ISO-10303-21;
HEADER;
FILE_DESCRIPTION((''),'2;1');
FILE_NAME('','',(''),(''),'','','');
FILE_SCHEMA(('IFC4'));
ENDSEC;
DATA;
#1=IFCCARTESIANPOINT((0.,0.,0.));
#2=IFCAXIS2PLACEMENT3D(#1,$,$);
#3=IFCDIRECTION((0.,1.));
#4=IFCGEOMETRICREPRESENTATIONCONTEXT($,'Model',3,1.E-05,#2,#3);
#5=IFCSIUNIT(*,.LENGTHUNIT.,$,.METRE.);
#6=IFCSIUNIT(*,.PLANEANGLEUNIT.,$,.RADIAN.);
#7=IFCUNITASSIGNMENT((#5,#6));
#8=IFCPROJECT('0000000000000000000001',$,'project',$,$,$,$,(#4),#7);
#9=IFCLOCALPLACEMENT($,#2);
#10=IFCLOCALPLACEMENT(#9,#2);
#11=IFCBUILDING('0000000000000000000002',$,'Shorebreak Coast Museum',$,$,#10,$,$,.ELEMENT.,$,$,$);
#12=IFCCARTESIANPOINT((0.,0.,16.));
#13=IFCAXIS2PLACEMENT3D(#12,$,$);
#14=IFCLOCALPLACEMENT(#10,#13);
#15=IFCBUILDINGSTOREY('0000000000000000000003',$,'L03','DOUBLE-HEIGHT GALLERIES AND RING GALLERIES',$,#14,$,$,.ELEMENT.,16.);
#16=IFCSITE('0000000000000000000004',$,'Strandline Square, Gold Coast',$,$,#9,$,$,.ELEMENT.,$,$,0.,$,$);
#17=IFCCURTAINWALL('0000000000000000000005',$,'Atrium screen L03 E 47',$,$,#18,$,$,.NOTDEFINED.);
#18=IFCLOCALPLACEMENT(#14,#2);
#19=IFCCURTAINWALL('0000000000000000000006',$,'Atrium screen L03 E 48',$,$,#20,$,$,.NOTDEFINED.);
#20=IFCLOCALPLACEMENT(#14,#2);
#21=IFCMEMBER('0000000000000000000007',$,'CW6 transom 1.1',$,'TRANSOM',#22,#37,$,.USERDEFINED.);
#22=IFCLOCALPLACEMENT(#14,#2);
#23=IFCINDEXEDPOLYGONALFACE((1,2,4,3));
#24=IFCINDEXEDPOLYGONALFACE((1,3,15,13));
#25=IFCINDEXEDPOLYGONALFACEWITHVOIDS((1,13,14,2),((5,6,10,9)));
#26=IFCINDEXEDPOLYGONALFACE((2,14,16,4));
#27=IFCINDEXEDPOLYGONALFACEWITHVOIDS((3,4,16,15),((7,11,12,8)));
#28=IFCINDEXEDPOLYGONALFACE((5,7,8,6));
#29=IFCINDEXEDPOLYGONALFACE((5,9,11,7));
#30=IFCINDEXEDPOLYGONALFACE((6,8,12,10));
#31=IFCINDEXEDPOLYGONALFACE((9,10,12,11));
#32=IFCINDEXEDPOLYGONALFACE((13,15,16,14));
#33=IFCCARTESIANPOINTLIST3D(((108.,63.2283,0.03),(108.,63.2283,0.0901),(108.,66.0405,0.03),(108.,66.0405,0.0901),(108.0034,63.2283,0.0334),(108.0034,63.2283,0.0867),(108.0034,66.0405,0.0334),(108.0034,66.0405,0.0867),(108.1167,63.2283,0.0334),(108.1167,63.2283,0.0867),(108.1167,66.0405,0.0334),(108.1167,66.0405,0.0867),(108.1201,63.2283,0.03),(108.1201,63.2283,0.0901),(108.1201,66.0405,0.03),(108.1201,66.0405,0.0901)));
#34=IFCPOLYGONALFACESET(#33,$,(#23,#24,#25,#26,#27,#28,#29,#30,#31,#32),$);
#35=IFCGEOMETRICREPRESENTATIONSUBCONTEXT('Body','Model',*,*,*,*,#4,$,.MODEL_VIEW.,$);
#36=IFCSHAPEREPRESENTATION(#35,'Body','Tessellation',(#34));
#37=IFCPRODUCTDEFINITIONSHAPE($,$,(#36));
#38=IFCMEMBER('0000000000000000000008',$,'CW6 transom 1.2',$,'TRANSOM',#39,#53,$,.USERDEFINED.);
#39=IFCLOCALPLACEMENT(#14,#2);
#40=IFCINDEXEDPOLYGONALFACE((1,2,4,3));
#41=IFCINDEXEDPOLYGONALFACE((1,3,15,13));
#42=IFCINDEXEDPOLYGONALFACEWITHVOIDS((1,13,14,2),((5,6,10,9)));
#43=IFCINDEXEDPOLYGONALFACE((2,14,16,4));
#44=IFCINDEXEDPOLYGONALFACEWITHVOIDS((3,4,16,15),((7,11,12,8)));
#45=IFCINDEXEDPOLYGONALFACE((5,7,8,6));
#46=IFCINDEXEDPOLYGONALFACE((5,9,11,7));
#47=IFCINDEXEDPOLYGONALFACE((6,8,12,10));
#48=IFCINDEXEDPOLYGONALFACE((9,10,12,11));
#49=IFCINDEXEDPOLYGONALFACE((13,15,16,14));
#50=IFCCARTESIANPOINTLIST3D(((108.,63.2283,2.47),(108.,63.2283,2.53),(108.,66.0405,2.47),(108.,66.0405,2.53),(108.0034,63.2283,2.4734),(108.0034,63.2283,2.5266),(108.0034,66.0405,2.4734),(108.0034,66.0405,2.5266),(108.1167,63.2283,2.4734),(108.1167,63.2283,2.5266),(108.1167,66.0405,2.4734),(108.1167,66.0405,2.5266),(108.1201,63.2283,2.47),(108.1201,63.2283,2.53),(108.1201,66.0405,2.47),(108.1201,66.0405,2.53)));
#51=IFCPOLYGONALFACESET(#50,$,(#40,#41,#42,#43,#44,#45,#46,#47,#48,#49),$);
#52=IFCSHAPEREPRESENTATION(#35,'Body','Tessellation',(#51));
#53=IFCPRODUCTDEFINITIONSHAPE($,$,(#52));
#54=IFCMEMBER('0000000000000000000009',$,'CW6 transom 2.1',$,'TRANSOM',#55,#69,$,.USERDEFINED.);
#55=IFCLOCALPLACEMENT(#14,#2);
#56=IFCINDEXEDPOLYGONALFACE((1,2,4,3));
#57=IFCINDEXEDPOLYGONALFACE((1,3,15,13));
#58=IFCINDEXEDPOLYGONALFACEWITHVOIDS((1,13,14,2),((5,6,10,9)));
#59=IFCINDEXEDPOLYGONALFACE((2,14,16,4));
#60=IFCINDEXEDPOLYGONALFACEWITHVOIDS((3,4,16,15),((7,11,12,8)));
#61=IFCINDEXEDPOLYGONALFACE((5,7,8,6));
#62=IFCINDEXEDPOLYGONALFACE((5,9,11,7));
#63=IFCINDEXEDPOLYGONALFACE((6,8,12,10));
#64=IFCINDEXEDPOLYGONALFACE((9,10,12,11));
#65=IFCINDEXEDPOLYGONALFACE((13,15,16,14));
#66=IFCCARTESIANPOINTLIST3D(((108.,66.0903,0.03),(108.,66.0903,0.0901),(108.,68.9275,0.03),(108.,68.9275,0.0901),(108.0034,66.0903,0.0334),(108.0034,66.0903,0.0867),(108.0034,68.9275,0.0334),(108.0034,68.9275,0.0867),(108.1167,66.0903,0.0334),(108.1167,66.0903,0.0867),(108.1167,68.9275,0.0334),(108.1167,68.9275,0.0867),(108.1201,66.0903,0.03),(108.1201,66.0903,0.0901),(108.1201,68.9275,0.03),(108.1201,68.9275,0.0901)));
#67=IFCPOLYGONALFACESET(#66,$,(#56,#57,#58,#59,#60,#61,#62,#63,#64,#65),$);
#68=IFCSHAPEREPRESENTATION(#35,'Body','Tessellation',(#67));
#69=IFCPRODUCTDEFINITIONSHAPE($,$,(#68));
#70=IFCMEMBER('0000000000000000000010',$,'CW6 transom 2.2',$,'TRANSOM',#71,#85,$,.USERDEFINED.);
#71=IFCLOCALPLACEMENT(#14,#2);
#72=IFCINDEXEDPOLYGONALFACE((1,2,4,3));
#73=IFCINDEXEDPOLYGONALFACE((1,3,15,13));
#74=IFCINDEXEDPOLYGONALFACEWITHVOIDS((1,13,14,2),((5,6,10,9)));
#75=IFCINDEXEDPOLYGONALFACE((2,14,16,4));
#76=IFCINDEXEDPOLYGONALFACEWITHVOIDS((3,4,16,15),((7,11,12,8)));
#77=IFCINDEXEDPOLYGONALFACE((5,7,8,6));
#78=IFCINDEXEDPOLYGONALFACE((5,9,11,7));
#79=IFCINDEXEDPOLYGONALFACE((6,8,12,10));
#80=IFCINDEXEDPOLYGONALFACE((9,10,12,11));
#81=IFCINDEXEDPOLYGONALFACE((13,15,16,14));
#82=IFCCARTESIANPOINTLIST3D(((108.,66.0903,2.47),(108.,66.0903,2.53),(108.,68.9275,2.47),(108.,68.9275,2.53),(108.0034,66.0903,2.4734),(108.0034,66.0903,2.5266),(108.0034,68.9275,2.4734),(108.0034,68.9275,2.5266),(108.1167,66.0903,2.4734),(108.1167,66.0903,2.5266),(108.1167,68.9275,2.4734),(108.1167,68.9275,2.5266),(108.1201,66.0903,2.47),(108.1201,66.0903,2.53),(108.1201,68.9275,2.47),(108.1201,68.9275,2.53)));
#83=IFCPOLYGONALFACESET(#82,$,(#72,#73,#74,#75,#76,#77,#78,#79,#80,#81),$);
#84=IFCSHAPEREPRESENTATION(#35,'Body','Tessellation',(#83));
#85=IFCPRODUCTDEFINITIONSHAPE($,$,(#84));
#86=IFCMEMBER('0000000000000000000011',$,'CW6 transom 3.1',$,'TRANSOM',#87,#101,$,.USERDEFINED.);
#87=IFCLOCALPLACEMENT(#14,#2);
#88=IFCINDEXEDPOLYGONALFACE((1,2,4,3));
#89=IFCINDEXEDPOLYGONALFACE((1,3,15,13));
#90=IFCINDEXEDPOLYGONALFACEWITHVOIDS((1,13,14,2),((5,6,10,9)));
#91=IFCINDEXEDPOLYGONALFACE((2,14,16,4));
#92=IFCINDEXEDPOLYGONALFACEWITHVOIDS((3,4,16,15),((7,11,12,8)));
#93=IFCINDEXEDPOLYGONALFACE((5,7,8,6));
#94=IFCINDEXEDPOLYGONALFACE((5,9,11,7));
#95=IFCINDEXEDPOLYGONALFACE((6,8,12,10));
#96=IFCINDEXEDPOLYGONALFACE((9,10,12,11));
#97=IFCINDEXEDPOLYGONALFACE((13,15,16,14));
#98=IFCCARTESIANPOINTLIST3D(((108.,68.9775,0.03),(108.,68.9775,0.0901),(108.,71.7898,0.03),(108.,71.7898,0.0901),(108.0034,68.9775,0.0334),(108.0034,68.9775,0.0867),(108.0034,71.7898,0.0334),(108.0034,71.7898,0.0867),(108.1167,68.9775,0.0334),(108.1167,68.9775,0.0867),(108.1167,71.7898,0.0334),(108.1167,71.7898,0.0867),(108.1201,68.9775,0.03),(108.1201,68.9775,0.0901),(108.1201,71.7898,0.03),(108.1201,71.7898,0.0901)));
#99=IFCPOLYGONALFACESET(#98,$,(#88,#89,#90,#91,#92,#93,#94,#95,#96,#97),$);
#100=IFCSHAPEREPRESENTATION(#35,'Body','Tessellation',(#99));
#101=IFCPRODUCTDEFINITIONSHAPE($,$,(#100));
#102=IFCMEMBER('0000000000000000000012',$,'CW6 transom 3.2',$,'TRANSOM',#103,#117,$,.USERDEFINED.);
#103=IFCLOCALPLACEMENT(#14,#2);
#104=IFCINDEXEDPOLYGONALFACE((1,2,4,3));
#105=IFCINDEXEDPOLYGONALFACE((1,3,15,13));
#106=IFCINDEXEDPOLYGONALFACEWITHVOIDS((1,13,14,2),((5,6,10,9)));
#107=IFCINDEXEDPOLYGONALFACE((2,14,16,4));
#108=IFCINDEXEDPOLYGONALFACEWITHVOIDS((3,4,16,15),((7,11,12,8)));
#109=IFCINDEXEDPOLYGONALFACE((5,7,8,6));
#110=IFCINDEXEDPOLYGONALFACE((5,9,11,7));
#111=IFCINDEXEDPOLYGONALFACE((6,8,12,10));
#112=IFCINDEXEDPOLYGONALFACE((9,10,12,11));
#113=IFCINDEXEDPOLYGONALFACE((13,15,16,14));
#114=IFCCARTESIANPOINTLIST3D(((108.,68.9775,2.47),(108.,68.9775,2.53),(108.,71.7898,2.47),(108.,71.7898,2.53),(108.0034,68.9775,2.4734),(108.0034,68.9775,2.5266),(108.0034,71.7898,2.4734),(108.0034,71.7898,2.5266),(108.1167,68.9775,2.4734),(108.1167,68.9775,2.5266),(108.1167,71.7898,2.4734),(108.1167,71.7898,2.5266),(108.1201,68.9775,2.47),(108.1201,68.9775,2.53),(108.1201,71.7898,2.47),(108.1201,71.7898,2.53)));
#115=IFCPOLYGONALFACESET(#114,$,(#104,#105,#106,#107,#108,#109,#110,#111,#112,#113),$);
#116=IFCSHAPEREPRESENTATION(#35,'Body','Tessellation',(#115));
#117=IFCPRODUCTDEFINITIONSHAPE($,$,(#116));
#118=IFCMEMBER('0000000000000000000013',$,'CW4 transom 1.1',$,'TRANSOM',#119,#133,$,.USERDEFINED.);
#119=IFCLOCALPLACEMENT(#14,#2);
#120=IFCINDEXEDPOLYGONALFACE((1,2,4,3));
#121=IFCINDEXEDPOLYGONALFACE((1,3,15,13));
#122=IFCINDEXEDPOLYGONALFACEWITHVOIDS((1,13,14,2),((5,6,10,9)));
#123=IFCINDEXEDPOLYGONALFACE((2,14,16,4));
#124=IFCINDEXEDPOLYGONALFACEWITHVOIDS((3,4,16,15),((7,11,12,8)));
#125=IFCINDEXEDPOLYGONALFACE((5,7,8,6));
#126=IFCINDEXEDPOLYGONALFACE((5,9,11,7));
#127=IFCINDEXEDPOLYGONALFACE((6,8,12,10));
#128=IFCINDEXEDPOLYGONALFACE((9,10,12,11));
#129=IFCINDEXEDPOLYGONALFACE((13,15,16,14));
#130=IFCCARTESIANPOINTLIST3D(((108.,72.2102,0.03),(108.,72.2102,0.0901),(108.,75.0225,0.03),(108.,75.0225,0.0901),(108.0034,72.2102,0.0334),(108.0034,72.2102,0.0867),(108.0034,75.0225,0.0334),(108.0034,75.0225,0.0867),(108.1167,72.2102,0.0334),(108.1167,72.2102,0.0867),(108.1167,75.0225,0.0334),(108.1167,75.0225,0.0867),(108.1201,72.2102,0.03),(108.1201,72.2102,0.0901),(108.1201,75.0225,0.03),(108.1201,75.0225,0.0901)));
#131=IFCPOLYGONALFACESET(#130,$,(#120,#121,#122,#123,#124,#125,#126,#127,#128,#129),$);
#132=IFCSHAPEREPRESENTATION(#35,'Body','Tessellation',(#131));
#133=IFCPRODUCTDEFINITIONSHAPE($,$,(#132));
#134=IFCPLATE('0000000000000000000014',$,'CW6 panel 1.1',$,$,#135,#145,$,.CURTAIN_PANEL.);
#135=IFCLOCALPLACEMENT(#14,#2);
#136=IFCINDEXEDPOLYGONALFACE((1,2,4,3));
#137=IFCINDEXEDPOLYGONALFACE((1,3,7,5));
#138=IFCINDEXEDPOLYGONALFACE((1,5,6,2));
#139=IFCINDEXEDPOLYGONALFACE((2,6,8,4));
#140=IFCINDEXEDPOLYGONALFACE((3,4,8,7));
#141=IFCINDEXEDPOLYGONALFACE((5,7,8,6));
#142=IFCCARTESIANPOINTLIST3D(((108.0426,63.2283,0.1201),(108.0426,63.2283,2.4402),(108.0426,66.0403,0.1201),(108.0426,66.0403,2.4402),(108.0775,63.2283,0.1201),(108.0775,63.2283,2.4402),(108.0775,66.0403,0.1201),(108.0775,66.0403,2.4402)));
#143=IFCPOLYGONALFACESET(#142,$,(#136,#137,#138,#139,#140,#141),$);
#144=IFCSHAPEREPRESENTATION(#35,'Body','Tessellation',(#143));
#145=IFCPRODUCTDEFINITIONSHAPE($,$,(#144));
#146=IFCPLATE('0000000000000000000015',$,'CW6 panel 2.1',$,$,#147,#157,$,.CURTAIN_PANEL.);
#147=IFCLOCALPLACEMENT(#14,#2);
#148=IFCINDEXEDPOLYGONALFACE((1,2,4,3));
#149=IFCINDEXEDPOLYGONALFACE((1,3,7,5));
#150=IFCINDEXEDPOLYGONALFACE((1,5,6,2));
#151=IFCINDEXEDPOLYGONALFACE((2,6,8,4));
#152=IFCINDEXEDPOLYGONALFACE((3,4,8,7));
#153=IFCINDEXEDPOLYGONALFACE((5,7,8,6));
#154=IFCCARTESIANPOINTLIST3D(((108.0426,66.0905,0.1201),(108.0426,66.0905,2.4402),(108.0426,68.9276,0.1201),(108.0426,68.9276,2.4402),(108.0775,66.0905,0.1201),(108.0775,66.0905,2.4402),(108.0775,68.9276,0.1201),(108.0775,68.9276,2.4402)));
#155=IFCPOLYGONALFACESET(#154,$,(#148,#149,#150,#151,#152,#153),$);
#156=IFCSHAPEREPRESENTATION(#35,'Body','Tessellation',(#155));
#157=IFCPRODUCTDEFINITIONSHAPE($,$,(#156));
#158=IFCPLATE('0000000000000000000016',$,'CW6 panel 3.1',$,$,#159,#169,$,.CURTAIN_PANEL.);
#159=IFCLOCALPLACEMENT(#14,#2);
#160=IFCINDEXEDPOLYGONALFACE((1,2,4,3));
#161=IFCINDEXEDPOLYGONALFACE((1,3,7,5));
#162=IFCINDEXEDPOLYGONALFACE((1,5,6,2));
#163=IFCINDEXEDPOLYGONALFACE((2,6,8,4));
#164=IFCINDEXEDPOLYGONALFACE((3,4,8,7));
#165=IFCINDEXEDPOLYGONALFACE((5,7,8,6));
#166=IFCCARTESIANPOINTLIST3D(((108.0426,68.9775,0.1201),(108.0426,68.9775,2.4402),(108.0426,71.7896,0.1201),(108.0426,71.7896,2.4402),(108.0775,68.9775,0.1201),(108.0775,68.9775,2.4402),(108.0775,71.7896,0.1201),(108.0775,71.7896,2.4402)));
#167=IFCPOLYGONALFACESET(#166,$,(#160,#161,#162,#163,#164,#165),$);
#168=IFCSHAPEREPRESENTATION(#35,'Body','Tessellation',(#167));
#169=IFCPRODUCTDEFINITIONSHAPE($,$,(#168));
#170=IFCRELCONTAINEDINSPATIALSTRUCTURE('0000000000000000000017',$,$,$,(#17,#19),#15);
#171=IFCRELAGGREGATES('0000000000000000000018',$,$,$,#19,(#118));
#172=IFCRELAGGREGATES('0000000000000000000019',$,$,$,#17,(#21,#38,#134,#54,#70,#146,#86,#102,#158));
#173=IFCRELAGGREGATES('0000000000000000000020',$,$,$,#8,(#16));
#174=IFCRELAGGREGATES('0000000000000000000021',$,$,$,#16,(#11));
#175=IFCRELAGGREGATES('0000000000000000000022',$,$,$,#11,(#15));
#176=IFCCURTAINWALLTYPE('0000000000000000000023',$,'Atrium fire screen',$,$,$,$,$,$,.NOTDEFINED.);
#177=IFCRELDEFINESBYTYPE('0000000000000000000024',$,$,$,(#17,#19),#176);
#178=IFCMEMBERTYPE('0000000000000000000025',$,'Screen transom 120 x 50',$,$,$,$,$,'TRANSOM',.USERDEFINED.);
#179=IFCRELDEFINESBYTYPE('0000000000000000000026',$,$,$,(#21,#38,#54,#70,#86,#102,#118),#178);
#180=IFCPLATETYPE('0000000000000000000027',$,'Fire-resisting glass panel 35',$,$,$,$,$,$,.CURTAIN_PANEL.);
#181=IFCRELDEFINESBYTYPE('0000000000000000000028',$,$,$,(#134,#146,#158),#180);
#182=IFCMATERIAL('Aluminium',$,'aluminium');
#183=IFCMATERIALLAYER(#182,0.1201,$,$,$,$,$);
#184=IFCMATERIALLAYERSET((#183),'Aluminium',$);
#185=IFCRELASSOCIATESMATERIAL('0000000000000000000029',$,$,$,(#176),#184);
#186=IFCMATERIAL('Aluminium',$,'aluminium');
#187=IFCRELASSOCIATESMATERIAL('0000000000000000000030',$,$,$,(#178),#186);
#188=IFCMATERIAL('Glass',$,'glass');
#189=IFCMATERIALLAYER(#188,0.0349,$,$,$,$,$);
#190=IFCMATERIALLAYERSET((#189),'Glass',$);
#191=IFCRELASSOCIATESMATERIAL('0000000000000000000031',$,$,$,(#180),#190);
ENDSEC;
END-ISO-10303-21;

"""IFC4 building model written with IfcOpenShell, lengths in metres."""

from ifc_helpers import new_model, si_unit, direction, frame, origin, origin_2d, place, context, subcontext, project, spatial, rectangle, hollow_rectangle, extrude, material, layer, layer_set, material_profile, profile_set, type_object, element, aggregate, save


model = new_model("IFC4")

# Units and contexts
model_context = context("Model", 3, precision=1e-05, world=origin(), true_north=direction((0.0, 1.0)))
body_context = subcontext(model_context, "Body", "Model", "MODEL_VIEW")
ifc_project = project(units=[si_unit("LENGTHUNIT", "METRE"), si_unit("PLANEANGLEUNIT", "RADIAN")], contexts=[model_context])

# Site, building, storey
site_placement = place(None, origin())
site = spatial("IfcSite", under=ifc_project, at=site_placement, Name="Strandline Square, Gold Coast", CompositionType="ELEMENT", RefElevation=0.0)
building_placement = place(site_placement, origin())
building = spatial("IfcBuilding", under=site, at=building_placement, Name="Shorebreak Coast Museum", CompositionType="ELEMENT")
storey_placement = place(building_placement, frame((0.0, 0.0, 16.0)))
storey = spatial("IfcBuildingStorey", under=building, at=storey_placement, Name="L03", Description="DOUBLE-HEIGHT GALLERIES AND RING GALLERIES", CompositionType="ELEMENT", Elevation=16.0)

# Curtain wall
ifc_material_1 = material(Name="Aluminium", Category="aluminium")
ifc_layer_1 = layer(ifc_material_1, 0.1201)
ifc_layer_set_1 = layer_set([ifc_layer_1], Name="Aluminium")
curtain_wall_type = type_object("IfcCurtainWallType", Name="Atrium fire screen", PredefinedType="NOTDEFINED", material=ifc_layer_set_1)
curtain_wall_1_placement = place(storey_placement, origin())
curtain_wall_1 = element("IfcCurtainWall", 1, at=curtain_wall_1_placement, inside=storey, type_object=curtain_wall_type, Name="Atrium screen L03 E 47", PredefinedType="NOTDEFINED")

# Curtain wall
curtain_wall_2_placement = place(storey_placement, origin())
curtain_wall_2 = element("IfcCurtainWall", 2, at=curtain_wall_2_placement, inside=storey, type_object=curtain_wall_type, Name="Atrium screen L03 E 48", PredefinedType="NOTDEFINED")

# Members
ifc_material_2 = material(Name="Aluminium", Category="aluminium")
ifc_material_profile_1 = material_profile(ifc_material_2, hollow_rectangle(XDim=0.1201, YDim=0.0601, WallThickness=0.0034, at=origin_2d()), Name="AL 60x120 RHS")
ifc_profile_set_1 = profile_set([ifc_material_profile_1], Name="Aluminium")
member_type_1 = type_object("IfcMemberType", Name="Screen transom 120 x 50", ElementType="TRANSOM", PredefinedType="USERDEFINED", material=ifc_profile_set_1)
member_1_placement = place(storey_placement, frame((108.0601, 63.2283, 0.0601), z_axis=(0.0, 1.0, 0.0), x_axis=(-1.0, 0.0, 0.0)))
member_1 = element("IfcMember", 3, at=member_1_placement, type_object=member_type_1, Name="CW6 transom 1.1", ObjectType="TRANSOM", PredefinedType="USERDEFINED", context=body_context, shape_type="SweptSolid", body=[
    extrude(hollow_rectangle(XDim=0.1201, YDim=0.0601, WallThickness=0.0034, at=origin_2d()), origin(), (0.0, 0.0, 1.0), 2.8123),
])
member_2_placement = place(storey_placement, frame((108.0601, 63.2283, 2.5), z_axis=(0.0, 1.0, 0.0), x_axis=(-1.0, 0.0, 0.0)))
member_2 = element("IfcMember", 4, at=member_2_placement, type_object=member_type_1, Name="CW6 transom 1.2", ObjectType="TRANSOM", PredefinedType="USERDEFINED", context=body_context, shape_type="SweptSolid", body=[
    extrude(hollow_rectangle(XDim=0.1201, YDim=0.0601, WallThickness=0.0034, at=origin_2d()), origin(), (0.0, 0.0, 1.0), 2.8123),
])
member_3_placement = place(storey_placement, frame((108.0601, 66.0903, 0.0601), z_axis=(0.0, 1.0, 0.0), x_axis=(-1.0, 0.0, 0.0)))
member_3 = element("IfcMember", 5, at=member_3_placement, type_object=member_type_1, Name="CW6 transom 2.1", ObjectType="TRANSOM", PredefinedType="USERDEFINED", context=body_context, shape_type="SweptSolid", body=[
    extrude(hollow_rectangle(XDim=0.1201, YDim=0.0601, WallThickness=0.0034, at=origin_2d()), origin(), (0.0, 0.0, 1.0), 2.8372),
])
member_4_placement = place(storey_placement, frame((108.0601, 66.0903, 2.5), z_axis=(0.0, 1.0, 0.0), x_axis=(-1.0, 0.0, 0.0)))
member_4 = element("IfcMember", 6, at=member_4_placement, type_object=member_type_1, Name="CW6 transom 2.2", ObjectType="TRANSOM", PredefinedType="USERDEFINED", context=body_context, shape_type="SweptSolid", body=[
    extrude(hollow_rectangle(XDim=0.1201, YDim=0.0601, WallThickness=0.0034, at=origin_2d()), origin(), (0.0, 0.0, 1.0), 2.8372),
])
member_5_placement = place(storey_placement, frame((108.0601, 68.9775, 0.0601), z_axis=(0.0, 1.0, 0.0), x_axis=(-1.0, 0.0, 0.0)))
member_5 = element("IfcMember", 7, at=member_5_placement, type_object=member_type_1, Name="CW6 transom 3.1", ObjectType="TRANSOM", PredefinedType="USERDEFINED", context=body_context, shape_type="SweptSolid", body=[
    extrude(hollow_rectangle(XDim=0.1201, YDim=0.0601, WallThickness=0.0034, at=origin_2d()), origin(), (0.0, 0.0, 1.0), 2.8123),
])
member_6_placement = place(storey_placement, frame((108.0601, 68.9775, 2.5), z_axis=(0.0, 1.0, 0.0), x_axis=(-1.0, 0.0, 0.0)))
member_6 = element("IfcMember", 8, at=member_6_placement, type_object=member_type_1, Name="CW6 transom 3.2", ObjectType="TRANSOM", PredefinedType="USERDEFINED", context=body_context, shape_type="SweptSolid", body=[
    extrude(hollow_rectangle(XDim=0.1201, YDim=0.0601, WallThickness=0.0034, at=origin_2d()), origin(), (0.0, 0.0, 1.0), 2.8123),
])
member_7_placement = place(storey_placement, frame((108.0601, 72.2102, 0.0601), z_axis=(0.0, 1.0, 0.0), x_axis=(-1.0, 0.0, 0.0)))
member_7 = element("IfcMember", 9, at=member_7_placement, type_object=member_type_1, Name="CW4 transom 1.1", ObjectType="TRANSOM", PredefinedType="USERDEFINED", context=body_context, shape_type="SweptSolid", body=[
    extrude(hollow_rectangle(XDim=0.1201, YDim=0.0601, WallThickness=0.0034, at=origin_2d()), origin(), (0.0, 0.0, 1.0), 2.8123),
])
aggregate(curtain_wall_2, [member_7])

# Plates
ifc_material_3 = material(Name="Glass", Category="glass")
ifc_layer_2 = layer(ifc_material_3, 0.0349)
ifc_layer_set_2 = layer_set([ifc_layer_2], Name="Glass")
plate_type = type_object("IfcPlateType", Name="Fire-resisting glass panel 35", PredefinedType="CURTAIN_PANEL", material=ifc_layer_set_2)
plate_1_placement = place(storey_placement, frame((108.0601, 64.6343, 0.1201), z_axis=(0.0, 0.0, 1.0), x_axis=(0.0, 1.0, 0.0)))
plate_1 = element("IfcPlate", 10, at=plate_1_placement, type_object=plate_type, Name="CW6 panel 1.1", PredefinedType="CURTAIN_PANEL", context=body_context, shape_type="SweptSolid", body=[
    extrude(rectangle(XDim=2.812, YDim=0.0349, at=origin_2d()), origin(), (0.0, 0.0, 1.0), 2.3201),
])
plate_2_placement = place(storey_placement, frame((108.0601, 67.509, 0.1201), z_axis=(0.0, 0.0, 1.0), x_axis=(0.0, 1.0, 0.0)))
plate_2 = element("IfcPlate", 11, at=plate_2_placement, type_object=plate_type, Name="CW6 panel 2.1", PredefinedType="CURTAIN_PANEL", context=body_context, shape_type="SweptSolid", body=[
    extrude(rectangle(XDim=2.8372, YDim=0.0349, at=origin_2d()), origin(), (0.0, 0.0, 1.0), 2.3201),
])
plate_3_placement = place(storey_placement, frame((108.0601, 70.3835, 0.1201), z_axis=(0.0, 0.0, 1.0), x_axis=(0.0, 1.0, 0.0)))
plate_3 = element("IfcPlate", 12, at=plate_3_placement, type_object=plate_type, Name="CW6 panel 3.1", PredefinedType="CURTAIN_PANEL", context=body_context, shape_type="SweptSolid", body=[
    extrude(rectangle(XDim=2.812, YDim=0.0349, at=origin_2d()), origin(), (0.0, 0.0, 1.0), 2.3201),
])
aggregate(curtain_wall_1, [member_1, member_2, plate_1, member_3, member_4, plate_2, member_5, member_6, plate_3])

save(model, "model.ifc")
